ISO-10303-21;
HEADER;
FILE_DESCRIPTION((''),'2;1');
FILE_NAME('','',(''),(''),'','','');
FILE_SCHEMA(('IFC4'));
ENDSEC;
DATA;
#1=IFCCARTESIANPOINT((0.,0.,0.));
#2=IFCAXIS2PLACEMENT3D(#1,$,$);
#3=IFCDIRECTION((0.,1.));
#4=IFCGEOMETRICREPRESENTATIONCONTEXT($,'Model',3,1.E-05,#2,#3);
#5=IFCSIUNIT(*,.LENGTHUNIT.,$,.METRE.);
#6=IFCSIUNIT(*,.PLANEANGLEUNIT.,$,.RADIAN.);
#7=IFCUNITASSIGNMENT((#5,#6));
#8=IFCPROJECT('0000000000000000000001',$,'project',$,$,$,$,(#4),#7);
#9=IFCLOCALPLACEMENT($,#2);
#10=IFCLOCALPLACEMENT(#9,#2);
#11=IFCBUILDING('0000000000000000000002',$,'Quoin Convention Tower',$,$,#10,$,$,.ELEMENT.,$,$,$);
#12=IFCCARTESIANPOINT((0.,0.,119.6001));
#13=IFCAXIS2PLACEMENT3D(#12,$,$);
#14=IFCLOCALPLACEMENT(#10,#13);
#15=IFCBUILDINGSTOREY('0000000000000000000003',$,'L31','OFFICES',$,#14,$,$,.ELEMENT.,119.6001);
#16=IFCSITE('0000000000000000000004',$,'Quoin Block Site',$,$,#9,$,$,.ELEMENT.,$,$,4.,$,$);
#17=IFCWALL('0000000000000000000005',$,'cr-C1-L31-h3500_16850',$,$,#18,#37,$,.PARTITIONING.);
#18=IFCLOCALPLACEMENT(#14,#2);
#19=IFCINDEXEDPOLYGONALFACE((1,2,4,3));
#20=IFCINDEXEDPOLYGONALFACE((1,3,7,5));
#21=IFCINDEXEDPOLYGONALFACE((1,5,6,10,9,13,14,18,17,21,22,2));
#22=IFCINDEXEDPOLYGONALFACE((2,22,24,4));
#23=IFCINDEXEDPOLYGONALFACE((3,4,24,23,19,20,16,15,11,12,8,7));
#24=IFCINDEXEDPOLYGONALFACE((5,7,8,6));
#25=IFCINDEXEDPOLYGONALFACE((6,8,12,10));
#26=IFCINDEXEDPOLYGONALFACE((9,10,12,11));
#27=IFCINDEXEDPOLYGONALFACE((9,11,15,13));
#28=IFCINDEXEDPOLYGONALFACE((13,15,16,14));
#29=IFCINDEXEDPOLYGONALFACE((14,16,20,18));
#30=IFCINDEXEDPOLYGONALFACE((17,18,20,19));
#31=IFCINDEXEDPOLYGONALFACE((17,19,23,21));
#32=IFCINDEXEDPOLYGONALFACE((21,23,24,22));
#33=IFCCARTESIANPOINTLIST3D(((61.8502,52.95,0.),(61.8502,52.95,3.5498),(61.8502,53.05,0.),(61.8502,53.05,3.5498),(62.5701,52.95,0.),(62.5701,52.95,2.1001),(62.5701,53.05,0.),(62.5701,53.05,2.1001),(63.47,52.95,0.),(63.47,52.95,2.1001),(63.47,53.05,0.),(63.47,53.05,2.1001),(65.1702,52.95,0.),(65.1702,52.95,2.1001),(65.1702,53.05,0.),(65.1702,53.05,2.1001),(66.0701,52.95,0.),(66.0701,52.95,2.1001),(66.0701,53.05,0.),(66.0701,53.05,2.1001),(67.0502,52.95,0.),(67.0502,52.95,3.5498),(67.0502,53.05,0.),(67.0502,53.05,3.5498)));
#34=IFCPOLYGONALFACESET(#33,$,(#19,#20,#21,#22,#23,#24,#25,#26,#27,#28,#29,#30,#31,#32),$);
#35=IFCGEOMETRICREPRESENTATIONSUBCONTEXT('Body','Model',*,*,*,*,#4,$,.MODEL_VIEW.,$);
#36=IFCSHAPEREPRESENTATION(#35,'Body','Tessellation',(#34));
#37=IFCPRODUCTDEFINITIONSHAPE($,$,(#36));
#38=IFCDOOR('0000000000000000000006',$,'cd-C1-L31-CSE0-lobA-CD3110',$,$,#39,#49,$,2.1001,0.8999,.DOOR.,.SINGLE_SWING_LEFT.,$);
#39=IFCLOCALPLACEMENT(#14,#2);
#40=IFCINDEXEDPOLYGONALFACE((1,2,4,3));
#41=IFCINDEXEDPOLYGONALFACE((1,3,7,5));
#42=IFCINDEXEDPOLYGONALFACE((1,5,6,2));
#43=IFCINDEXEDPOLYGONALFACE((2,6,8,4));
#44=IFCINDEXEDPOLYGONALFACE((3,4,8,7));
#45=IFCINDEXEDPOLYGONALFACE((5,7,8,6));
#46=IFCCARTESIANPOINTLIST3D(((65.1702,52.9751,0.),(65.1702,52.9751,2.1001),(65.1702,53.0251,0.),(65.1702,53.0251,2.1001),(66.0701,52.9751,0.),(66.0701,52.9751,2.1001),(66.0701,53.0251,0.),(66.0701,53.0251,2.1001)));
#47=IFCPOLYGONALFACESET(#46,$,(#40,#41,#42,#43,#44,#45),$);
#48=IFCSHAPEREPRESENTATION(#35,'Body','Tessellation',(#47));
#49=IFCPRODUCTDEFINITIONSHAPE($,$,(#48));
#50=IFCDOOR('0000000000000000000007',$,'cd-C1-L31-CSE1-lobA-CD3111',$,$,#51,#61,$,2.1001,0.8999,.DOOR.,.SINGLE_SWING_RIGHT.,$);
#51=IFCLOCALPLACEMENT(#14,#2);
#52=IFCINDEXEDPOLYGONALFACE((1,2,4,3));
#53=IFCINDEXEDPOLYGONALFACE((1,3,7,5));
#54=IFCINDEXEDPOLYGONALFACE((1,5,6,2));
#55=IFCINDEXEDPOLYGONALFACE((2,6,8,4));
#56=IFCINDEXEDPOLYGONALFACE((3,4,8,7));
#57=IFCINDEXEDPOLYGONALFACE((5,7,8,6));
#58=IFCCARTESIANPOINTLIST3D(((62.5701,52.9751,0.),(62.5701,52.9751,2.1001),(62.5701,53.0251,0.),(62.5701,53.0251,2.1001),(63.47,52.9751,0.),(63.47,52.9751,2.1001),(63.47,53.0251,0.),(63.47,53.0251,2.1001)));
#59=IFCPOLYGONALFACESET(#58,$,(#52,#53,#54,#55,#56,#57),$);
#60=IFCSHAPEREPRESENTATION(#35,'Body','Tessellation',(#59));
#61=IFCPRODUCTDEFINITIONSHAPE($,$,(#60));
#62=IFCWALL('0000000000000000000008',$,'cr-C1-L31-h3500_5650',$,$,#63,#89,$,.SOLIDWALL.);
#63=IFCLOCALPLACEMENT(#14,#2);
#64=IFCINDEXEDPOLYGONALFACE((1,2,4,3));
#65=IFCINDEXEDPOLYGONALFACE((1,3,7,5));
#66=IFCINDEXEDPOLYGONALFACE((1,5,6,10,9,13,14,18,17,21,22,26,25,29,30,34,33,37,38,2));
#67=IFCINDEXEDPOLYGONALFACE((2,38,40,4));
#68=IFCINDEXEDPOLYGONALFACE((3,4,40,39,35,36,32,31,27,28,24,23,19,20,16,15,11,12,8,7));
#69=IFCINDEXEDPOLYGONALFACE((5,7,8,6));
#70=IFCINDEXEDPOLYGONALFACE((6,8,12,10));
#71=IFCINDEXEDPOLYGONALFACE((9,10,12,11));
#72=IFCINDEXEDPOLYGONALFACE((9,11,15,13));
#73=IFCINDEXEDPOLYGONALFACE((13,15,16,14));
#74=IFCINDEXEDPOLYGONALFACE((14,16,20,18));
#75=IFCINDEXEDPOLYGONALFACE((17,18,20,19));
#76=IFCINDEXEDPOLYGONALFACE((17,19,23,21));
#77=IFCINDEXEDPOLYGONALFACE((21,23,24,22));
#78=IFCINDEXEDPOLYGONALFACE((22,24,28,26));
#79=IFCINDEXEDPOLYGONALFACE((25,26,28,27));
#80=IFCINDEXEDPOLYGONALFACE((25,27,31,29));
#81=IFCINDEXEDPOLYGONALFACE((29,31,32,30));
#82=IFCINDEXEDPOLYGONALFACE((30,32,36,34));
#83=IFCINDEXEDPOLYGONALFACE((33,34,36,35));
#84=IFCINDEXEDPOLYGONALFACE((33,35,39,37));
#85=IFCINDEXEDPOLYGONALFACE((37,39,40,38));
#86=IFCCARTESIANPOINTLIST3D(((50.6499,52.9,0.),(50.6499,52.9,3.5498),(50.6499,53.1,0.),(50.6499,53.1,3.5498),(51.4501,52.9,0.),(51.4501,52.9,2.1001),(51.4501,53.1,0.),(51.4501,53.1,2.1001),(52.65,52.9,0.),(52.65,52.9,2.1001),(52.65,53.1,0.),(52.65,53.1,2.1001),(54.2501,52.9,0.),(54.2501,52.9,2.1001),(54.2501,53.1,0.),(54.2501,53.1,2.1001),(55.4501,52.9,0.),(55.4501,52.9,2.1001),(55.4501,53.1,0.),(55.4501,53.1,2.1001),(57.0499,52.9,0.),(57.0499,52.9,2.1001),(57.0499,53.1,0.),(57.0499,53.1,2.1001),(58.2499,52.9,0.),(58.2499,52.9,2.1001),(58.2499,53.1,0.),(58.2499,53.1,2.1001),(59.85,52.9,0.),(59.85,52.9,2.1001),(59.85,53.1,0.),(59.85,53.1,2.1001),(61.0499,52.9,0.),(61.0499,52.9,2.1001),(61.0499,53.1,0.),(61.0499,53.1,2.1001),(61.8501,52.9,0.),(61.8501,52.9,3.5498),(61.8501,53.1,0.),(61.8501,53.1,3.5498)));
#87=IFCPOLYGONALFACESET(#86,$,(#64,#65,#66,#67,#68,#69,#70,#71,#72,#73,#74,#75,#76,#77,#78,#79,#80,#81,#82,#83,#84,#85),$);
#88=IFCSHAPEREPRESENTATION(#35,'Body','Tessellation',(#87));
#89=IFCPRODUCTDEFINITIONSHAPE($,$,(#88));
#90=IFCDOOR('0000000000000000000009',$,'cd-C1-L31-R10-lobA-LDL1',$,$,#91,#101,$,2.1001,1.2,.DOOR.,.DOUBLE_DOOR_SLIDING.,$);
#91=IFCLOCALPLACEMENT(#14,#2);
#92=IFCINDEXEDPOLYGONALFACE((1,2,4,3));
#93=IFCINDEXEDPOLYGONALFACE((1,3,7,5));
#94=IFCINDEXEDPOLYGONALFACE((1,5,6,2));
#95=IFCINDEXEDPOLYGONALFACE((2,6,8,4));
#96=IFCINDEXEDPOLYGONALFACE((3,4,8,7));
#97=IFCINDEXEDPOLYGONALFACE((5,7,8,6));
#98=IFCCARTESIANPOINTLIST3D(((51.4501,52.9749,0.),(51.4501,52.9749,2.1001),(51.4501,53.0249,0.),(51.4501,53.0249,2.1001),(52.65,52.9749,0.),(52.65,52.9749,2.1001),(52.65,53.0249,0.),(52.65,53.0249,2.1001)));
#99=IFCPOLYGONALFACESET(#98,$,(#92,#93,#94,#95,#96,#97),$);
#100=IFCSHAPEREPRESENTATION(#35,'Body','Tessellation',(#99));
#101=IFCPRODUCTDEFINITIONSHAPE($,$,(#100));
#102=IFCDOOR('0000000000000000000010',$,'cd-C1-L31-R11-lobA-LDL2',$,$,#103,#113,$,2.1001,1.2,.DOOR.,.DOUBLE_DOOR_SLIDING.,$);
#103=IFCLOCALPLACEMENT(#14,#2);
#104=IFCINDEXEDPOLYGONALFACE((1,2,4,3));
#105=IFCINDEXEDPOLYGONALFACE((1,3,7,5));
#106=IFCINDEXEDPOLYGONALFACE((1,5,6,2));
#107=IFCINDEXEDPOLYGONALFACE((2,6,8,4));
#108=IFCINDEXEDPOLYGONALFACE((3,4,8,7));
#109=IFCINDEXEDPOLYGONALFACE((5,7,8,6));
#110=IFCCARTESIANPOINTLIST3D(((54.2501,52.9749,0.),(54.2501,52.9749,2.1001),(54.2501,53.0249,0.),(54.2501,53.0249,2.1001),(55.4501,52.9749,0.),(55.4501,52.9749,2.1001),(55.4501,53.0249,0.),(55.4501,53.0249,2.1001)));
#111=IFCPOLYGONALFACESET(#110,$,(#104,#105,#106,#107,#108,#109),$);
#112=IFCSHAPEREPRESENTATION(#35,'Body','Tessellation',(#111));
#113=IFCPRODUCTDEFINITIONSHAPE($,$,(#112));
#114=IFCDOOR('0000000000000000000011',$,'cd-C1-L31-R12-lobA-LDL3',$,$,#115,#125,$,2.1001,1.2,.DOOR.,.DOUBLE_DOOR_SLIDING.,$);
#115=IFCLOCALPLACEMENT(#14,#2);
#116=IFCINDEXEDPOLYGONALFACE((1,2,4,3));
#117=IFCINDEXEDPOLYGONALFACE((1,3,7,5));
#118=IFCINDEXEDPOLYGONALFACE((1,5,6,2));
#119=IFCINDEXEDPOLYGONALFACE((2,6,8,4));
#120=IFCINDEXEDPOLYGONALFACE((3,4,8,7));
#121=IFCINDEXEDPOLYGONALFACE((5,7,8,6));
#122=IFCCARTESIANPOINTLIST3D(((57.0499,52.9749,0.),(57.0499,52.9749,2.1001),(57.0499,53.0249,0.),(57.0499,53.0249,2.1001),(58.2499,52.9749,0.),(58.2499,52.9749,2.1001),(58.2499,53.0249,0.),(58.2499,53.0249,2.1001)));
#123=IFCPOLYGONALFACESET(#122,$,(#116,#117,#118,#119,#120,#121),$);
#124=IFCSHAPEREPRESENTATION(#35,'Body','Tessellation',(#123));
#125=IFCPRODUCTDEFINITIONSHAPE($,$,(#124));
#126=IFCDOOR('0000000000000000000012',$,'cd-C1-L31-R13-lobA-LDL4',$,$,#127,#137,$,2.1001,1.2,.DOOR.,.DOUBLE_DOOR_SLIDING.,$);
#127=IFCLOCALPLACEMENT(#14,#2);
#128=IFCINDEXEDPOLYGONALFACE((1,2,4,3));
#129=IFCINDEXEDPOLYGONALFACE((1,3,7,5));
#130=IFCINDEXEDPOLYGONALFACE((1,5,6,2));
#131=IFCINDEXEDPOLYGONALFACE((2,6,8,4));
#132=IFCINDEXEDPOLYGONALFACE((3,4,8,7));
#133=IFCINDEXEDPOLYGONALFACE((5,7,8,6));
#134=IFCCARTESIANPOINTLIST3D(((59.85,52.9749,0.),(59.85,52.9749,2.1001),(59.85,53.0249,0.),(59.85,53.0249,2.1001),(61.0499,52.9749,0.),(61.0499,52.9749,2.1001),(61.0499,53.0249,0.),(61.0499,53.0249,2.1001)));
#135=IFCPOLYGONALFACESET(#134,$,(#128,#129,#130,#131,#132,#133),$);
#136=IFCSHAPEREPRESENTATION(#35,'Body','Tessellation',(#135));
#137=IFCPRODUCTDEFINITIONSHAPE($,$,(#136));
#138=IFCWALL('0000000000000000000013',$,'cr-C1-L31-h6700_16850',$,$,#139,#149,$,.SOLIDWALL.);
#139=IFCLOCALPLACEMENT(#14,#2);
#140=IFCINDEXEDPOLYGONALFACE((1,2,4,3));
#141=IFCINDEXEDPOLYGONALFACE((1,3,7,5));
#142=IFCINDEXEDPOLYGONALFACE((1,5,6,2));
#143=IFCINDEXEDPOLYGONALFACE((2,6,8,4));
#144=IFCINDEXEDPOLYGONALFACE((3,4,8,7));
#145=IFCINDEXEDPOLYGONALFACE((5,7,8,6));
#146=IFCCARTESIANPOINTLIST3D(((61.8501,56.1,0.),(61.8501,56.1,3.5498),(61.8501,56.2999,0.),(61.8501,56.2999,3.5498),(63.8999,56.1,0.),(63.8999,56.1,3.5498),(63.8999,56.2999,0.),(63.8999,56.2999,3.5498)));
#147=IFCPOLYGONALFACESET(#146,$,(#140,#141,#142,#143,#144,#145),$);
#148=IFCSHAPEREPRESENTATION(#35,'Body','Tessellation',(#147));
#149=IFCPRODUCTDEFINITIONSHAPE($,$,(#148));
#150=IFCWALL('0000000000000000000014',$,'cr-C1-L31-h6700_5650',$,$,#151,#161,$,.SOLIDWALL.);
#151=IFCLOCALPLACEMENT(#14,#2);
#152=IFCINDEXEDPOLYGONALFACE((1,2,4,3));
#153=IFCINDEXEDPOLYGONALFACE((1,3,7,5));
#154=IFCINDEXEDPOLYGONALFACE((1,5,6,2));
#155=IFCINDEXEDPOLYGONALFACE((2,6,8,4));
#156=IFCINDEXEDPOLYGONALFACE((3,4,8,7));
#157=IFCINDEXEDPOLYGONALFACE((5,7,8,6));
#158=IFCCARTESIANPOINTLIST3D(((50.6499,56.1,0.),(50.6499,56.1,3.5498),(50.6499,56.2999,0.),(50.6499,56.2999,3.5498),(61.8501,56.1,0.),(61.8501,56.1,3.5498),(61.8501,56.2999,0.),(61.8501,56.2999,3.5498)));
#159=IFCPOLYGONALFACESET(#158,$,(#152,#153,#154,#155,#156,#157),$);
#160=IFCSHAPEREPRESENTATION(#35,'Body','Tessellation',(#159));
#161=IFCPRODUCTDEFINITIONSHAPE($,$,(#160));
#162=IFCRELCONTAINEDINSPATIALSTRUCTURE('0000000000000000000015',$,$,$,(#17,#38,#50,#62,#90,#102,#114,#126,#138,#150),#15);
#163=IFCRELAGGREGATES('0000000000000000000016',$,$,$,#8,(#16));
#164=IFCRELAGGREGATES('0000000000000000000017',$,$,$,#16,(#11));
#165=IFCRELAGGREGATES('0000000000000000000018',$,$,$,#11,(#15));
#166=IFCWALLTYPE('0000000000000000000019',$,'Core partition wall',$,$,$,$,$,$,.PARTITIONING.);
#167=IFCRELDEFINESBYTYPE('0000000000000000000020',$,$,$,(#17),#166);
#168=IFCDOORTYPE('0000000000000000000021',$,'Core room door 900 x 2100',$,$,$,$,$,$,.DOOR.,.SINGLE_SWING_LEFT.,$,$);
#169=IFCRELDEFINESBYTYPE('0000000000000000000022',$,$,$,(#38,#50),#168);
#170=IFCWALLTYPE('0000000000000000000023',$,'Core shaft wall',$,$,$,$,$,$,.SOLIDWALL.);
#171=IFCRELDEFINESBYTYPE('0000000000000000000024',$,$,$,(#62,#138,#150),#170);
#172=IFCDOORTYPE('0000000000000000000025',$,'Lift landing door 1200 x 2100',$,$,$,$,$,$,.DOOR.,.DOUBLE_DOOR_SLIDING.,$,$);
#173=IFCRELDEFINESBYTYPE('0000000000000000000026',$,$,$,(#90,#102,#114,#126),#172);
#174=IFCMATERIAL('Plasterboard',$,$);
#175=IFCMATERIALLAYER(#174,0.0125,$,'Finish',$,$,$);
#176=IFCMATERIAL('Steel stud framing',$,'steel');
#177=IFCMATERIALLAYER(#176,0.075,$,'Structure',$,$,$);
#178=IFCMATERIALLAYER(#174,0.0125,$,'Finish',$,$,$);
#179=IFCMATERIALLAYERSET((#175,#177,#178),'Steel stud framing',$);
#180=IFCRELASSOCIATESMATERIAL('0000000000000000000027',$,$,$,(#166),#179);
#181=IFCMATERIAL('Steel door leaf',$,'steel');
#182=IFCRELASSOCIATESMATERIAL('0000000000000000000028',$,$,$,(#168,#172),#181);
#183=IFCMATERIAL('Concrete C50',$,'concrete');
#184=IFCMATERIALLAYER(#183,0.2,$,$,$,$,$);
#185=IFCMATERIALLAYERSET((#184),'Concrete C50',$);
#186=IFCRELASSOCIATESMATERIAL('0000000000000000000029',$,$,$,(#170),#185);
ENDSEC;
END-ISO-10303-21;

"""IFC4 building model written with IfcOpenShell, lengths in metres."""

from ifc_helpers import new_model, si_unit, direction, frame, frame_2d, origin, place, context, subcontext, project, spatial, rectangle, extrude, material, layer, layer_set, type_object, element, fill, save


model = new_model("IFC4")

# Units and contexts
model_context = context("Model", 3, precision=1e-05, world=origin(), true_north=direction((0.0, 1.0)))
body_context = subcontext(model_context, "Body", "Model", "MODEL_VIEW")
ifc_project = project(units=[si_unit("LENGTHUNIT", "METRE"), si_unit("PLANEANGLEUNIT", "RADIAN")], contexts=[model_context])

# Site, building, storey
site_placement = place(None, origin())
site = spatial("IfcSite", under=ifc_project, at=site_placement, Name="Quoin Block Site", CompositionType="ELEMENT", RefElevation=4.0)
building_placement = place(site_placement, origin())
building = spatial("IfcBuilding", under=site, at=building_placement, Name="Quoin Convention Tower", CompositionType="ELEMENT")
storey_placement = place(building_placement, frame((0.0, 0.0, 119.6001)))
storey = spatial("IfcBuildingStorey", under=building, at=storey_placement, Name="L31", Description="OFFICES", CompositionType="ELEMENT", Elevation=119.6001)

# Walls, openings, doors
ifc_material_1 = material(Name="Plasterboard")
ifc_layer_1 = layer(ifc_material_1, 0.0125, Name="Finish")
ifc_material_2 = material(Name="Steel stud framing", Category="steel")
ifc_layer_2 = layer(ifc_material_2, 0.075, Name="Structure")
ifc_layer_3 = layer(ifc_material_1, 0.0125, Name="Finish")
ifc_layer_set_1 = layer_set([ifc_layer_1, ifc_layer_2, ifc_layer_3], Name="Steel stud framing")
wall_type_1 = type_object("IfcWallType", Name="Core partition wall", PredefinedType="PARTITIONING", material=ifc_layer_set_1)
wall_1_placement = place(storey_placement, frame((61.8501, 53.0, 0.0), z_axis=(0.0, 0.0, 1.0), x_axis=(1.0, 0.0, 0.0)))
wall_1 = element("IfcWall", 1, at=wall_1_placement, inside=storey, type_object=wall_type_1, Name="cr-C1-L31-h3500_16850", PredefinedType="PARTITIONING", context=body_context, shape_type="SweptSolid", body=[
    extrude(rectangle(XDim=5.2, YDim=0.1001, at=frame_2d((2.6001, 0.0))), origin(), (0.0, 0.0, 1.0), 3.5498),
])
opening_1_placement = place(wall_1_placement, frame((3.3201, 0.0, 0.0)))
opening_1 = element("IfcOpeningElement", 2, at=opening_1_placement, cuts=wall_1, PredefinedType="OPENING", context=body_context, shape_type="SweptSolid", body=[
    extrude(rectangle(XDim=0.8999, YDim=2.1001, at=frame_2d((0.45, 1.05))), frame((0.0, 0.0601, 0.0), z_axis=(0.0, -1.0, 0.0), x_axis=(1.0, 0.0, 0.0)), (0.0, 0.0, 1.0), 0.1201),
])
opening_2_placement = place(wall_1_placement, frame((0.72, 0.0, 0.0)))
opening_2 = element("IfcOpeningElement", 3, at=opening_2_placement, cuts=wall_1, PredefinedType="OPENING", context=body_context, shape_type="SweptSolid", body=[
    extrude(rectangle(XDim=0.8999, YDim=2.1001, at=frame_2d((0.45, 1.05))), frame((0.0, 0.0601, 0.0), z_axis=(0.0, -1.0, 0.0), x_axis=(1.0, 0.0, 0.0)), (0.0, 0.0, 1.0), 0.1201),
])
ifc_material_3 = material(Name="Steel door leaf", Category="steel")
door_type_1 = type_object("IfcDoorType", Name="Core room door 900 x 2100", OperationType="SINGLE_SWING_LEFT", PredefinedType="DOOR", material=ifc_material_3)
door_1_placement = place(opening_1_placement, frame((0.8999, 0.0, 0.0), z_axis=(0.0, 0.0, 1.0), x_axis=(-1.0, 0.0, 0.0)))
door_1 = element("IfcDoor", 4, at=door_1_placement, inside=storey, type_object=door_type_1, Name="cd-C1-L31-CSE0-lobA-CD3110", OperationType="SINGLE_SWING_LEFT", OverallHeight=2.1001, OverallWidth=0.8999, PredefinedType="DOOR", context=body_context, shape_type="SweptSolid", body=[
    extrude(rectangle(XDim=0.8999, YDim=2.1001, at=frame_2d((0.45, 1.05))), frame((0.0, 0.0249, 0.0), z_axis=(0.0, -1.0, 0.0), x_axis=(1.0, 0.0, 0.0)), (0.0, 0.0, 1.0), 0.05),
])
fill(opening_1, door_1)
door_2_placement = place(opening_2_placement, frame((0.8999, 0.0, 0.0), z_axis=(0.0, 0.0, 1.0), x_axis=(-1.0, 0.0, 0.0)))
door_2 = element("IfcDoor", 5, at=door_2_placement, inside=storey, type_object=door_type_1, Name="cd-C1-L31-CSE1-lobA-CD3111", OperationType="SINGLE_SWING_RIGHT", OverallHeight=2.1001, OverallWidth=0.8999, PredefinedType="DOOR", context=body_context, shape_type="SweptSolid", body=[
    extrude(rectangle(XDim=0.8999, YDim=2.1001, at=frame_2d((0.45, 1.05))), frame((0.0, 0.0249, 0.0), z_axis=(0.0, -1.0, 0.0), x_axis=(1.0, 0.0, 0.0)), (0.0, 0.0, 1.0), 0.05),
])
fill(opening_2, door_2)
ifc_material_4 = material(Name="Concrete C50", Category="concrete")
ifc_layer_4 = layer(ifc_material_4, 0.2)
ifc_layer_set_2 = layer_set([ifc_layer_4], Name="Concrete C50")
wall_type_2 = type_object("IfcWallType", Name="Core shaft wall", PredefinedType="SOLIDWALL", material=ifc_layer_set_2)
wall_2_placement = place(storey_placement, frame((50.6499, 53.0, 0.0), z_axis=(0.0, 0.0, 1.0), x_axis=(1.0, 0.0, 0.0)))
wall_2 = element("IfcWall", 6, at=wall_2_placement, inside=storey, type_object=wall_type_2, Name="cr-C1-L31-h3500_5650", PredefinedType="SOLIDWALL", context=body_context, shape_type="SweptSolid", body=[
    extrude(rectangle(XDim=11.2002, YDim=0.2, at=frame_2d((5.6001, 0.0))), origin(), (0.0, 0.0, 1.0), 3.5498),
])
opening_3_placement = place(wall_2_placement, frame((0.8, 0.0, 0.0)))
opening_3 = element("IfcOpeningElement", 7, at=opening_3_placement, cuts=wall_2, PredefinedType="OPENING", context=body_context, shape_type="SweptSolid", body=[
    extrude(rectangle(XDim=1.2, YDim=2.1001, at=frame_2d((0.6001, 1.05))), frame((0.0, 0.1099, 0.0), z_axis=(0.0, -1.0, 0.0), x_axis=(1.0, 0.0, 0.0)), (0.0, 0.0, 1.0), 0.22),
])
opening_4_placement = place(wall_2_placement, frame((3.6001, 0.0, 0.0)))
opening_4 = element("IfcOpeningElement", 8, at=opening_4_placement, cuts=wall_2, PredefinedType="OPENING", context=body_context, shape_type="SweptSolid", body=[
    extrude(rectangle(XDim=1.2, YDim=2.1001, at=frame_2d((0.6001, 1.05))), frame((0.0, 0.1099, 0.0), z_axis=(0.0, -1.0, 0.0), x_axis=(1.0, 0.0, 0.0)), (0.0, 0.0, 1.0), 0.22),
])
opening_5_placement = place(wall_2_placement, frame((6.3999, 0.0, 0.0)))
opening_5 = element("IfcOpeningElement", 9, at=opening_5_placement, cuts=wall_2, PredefinedType="OPENING", context=body_context, shape_type="SweptSolid", body=[
    extrude(rectangle(XDim=1.2, YDim=2.1001, at=frame_2d((0.6001, 1.05))), frame((0.0, 0.1099, 0.0), z_axis=(0.0, -1.0, 0.0), x_axis=(1.0, 0.0, 0.0)), (0.0, 0.0, 1.0), 0.22),
])
opening_6_placement = place(wall_2_placement, frame((9.2, 0.0, 0.0)))
opening_6 = element("IfcOpeningElement", 10, at=opening_6_placement, cuts=wall_2, PredefinedType="OPENING", context=body_context, shape_type="SweptSolid", body=[
    extrude(rectangle(XDim=1.2, YDim=2.1001, at=frame_2d((0.6001, 1.05))), frame((0.0, 0.1099, 0.0), z_axis=(0.0, -1.0, 0.0), x_axis=(1.0, 0.0, 0.0)), (0.0, 0.0, 1.0), 0.22),
])
door_type_2 = type_object("IfcDoorType", Name="Lift landing door 1200 x 2100", OperationType="DOUBLE_DOOR_SLIDING", PredefinedType="DOOR", material=ifc_material_3)
door_3_placement = place(opening_3_placement, origin())
door_3 = element("IfcDoor", 11, at=door_3_placement, inside=storey, type_object=door_type_2, Name="cd-C1-L31-R10-lobA-LDL1", OperationType="DOUBLE_DOOR_SLIDING", OverallHeight=2.1001, OverallWidth=1.2, PredefinedType="DOOR", context=body_context, shape_type="SweptSolid", body=[
    extrude(rectangle(XDim=1.2, YDim=2.1001, at=frame_2d((0.6001, 1.05))), frame((0.0, 0.0249, 0.0), z_axis=(0.0, -1.0, 0.0), x_axis=(1.0, 0.0, 0.0)), (0.0, 0.0, 1.0), 0.05),
])
fill(opening_3, door_3)
door_4_placement = place(opening_4_placement, origin())
door_4 = element("IfcDoor", 12, at=door_4_placement, inside=storey, type_object=door_type_2, Name="cd-C1-L31-R11-lobA-LDL2", OperationType="DOUBLE_DOOR_SLIDING", OverallHeight=2.1001, OverallWidth=1.2, PredefinedType="DOOR", context=body_context, shape_type="SweptSolid", body=[
    extrude(rectangle(XDim=1.2, YDim=2.1001, at=frame_2d((0.6001, 1.05))), frame((0.0, 0.0249, 0.0), z_axis=(0.0, -1.0, 0.0), x_axis=(1.0, 0.0, 0.0)), (0.0, 0.0, 1.0), 0.05),
])
fill(opening_4, door_4)
door_5_placement = place(opening_5_placement, origin())
door_5 = element("IfcDoor", 13, at=door_5_placement, inside=storey, type_object=door_type_2, Name="cd-C1-L31-R12-lobA-LDL3", OperationType="DOUBLE_DOOR_SLIDING", OverallHeight=2.1001, OverallWidth=1.2, PredefinedType="DOOR", context=body_context, shape_type="SweptSolid", body=[
    extrude(rectangle(XDim=1.2, YDim=2.1001, at=frame_2d((0.6001, 1.05))), frame((0.0, 0.0249, 0.0), z_axis=(0.0, -1.0, 0.0), x_axis=(1.0, 0.0, 0.0)), (0.0, 0.0, 1.0), 0.05),
])
fill(opening_5, door_5)
door_6_placement = place(opening_6_placement, origin())
door_6 = element("IfcDoor", 14, at=door_6_placement, inside=storey, type_object=door_type_2, Name="cd-C1-L31-R13-lobA-LDL4", OperationType="DOUBLE_DOOR_SLIDING", OverallHeight=2.1001, OverallWidth=1.2, PredefinedType="DOOR", context=body_context, shape_type="SweptSolid", body=[
    extrude(rectangle(XDim=1.2, YDim=2.1001, at=frame_2d((0.6001, 1.05))), frame((0.0, 0.0249, 0.0), z_axis=(0.0, -1.0, 0.0), x_axis=(1.0, 0.0, 0.0)), (0.0, 0.0, 1.0), 0.05),
])
fill(opening_6, door_6)

# Walls
wall_3_placement = place(storey_placement, frame((61.8501, 56.2, 0.0), z_axis=(0.0, 0.0, 1.0), x_axis=(1.0, 0.0, 0.0)))
element("IfcWall", 15, at=wall_3_placement, inside=storey, type_object=wall_type_2, Name="cr-C1-L31-h6700_16850", PredefinedType="SOLIDWALL", context=body_context, shape_type="SweptSolid", body=[
    extrude(rectangle(XDim=2.0498, YDim=0.2, at=frame_2d((1.0249, 0.0))), origin(), (0.0, 0.0, 1.0), 3.5498),
])
wall_4_placement = place(storey_placement, frame((50.6499, 56.2, 0.0), z_axis=(0.0, 0.0, 1.0), x_axis=(1.0, 0.0, 0.0)))
element("IfcWall", 16, at=wall_4_placement, inside=storey, type_object=wall_type_2, Name="cr-C1-L31-h6700_5650", PredefinedType="SOLIDWALL", context=body_context, shape_type="SweptSolid", body=[
    extrude(rectangle(XDim=11.2002, YDim=0.2, at=frame_2d((5.6001, 0.0))), origin(), (0.0, 0.0, 1.0), 3.5498),
])

save(model, "model.ifc")
